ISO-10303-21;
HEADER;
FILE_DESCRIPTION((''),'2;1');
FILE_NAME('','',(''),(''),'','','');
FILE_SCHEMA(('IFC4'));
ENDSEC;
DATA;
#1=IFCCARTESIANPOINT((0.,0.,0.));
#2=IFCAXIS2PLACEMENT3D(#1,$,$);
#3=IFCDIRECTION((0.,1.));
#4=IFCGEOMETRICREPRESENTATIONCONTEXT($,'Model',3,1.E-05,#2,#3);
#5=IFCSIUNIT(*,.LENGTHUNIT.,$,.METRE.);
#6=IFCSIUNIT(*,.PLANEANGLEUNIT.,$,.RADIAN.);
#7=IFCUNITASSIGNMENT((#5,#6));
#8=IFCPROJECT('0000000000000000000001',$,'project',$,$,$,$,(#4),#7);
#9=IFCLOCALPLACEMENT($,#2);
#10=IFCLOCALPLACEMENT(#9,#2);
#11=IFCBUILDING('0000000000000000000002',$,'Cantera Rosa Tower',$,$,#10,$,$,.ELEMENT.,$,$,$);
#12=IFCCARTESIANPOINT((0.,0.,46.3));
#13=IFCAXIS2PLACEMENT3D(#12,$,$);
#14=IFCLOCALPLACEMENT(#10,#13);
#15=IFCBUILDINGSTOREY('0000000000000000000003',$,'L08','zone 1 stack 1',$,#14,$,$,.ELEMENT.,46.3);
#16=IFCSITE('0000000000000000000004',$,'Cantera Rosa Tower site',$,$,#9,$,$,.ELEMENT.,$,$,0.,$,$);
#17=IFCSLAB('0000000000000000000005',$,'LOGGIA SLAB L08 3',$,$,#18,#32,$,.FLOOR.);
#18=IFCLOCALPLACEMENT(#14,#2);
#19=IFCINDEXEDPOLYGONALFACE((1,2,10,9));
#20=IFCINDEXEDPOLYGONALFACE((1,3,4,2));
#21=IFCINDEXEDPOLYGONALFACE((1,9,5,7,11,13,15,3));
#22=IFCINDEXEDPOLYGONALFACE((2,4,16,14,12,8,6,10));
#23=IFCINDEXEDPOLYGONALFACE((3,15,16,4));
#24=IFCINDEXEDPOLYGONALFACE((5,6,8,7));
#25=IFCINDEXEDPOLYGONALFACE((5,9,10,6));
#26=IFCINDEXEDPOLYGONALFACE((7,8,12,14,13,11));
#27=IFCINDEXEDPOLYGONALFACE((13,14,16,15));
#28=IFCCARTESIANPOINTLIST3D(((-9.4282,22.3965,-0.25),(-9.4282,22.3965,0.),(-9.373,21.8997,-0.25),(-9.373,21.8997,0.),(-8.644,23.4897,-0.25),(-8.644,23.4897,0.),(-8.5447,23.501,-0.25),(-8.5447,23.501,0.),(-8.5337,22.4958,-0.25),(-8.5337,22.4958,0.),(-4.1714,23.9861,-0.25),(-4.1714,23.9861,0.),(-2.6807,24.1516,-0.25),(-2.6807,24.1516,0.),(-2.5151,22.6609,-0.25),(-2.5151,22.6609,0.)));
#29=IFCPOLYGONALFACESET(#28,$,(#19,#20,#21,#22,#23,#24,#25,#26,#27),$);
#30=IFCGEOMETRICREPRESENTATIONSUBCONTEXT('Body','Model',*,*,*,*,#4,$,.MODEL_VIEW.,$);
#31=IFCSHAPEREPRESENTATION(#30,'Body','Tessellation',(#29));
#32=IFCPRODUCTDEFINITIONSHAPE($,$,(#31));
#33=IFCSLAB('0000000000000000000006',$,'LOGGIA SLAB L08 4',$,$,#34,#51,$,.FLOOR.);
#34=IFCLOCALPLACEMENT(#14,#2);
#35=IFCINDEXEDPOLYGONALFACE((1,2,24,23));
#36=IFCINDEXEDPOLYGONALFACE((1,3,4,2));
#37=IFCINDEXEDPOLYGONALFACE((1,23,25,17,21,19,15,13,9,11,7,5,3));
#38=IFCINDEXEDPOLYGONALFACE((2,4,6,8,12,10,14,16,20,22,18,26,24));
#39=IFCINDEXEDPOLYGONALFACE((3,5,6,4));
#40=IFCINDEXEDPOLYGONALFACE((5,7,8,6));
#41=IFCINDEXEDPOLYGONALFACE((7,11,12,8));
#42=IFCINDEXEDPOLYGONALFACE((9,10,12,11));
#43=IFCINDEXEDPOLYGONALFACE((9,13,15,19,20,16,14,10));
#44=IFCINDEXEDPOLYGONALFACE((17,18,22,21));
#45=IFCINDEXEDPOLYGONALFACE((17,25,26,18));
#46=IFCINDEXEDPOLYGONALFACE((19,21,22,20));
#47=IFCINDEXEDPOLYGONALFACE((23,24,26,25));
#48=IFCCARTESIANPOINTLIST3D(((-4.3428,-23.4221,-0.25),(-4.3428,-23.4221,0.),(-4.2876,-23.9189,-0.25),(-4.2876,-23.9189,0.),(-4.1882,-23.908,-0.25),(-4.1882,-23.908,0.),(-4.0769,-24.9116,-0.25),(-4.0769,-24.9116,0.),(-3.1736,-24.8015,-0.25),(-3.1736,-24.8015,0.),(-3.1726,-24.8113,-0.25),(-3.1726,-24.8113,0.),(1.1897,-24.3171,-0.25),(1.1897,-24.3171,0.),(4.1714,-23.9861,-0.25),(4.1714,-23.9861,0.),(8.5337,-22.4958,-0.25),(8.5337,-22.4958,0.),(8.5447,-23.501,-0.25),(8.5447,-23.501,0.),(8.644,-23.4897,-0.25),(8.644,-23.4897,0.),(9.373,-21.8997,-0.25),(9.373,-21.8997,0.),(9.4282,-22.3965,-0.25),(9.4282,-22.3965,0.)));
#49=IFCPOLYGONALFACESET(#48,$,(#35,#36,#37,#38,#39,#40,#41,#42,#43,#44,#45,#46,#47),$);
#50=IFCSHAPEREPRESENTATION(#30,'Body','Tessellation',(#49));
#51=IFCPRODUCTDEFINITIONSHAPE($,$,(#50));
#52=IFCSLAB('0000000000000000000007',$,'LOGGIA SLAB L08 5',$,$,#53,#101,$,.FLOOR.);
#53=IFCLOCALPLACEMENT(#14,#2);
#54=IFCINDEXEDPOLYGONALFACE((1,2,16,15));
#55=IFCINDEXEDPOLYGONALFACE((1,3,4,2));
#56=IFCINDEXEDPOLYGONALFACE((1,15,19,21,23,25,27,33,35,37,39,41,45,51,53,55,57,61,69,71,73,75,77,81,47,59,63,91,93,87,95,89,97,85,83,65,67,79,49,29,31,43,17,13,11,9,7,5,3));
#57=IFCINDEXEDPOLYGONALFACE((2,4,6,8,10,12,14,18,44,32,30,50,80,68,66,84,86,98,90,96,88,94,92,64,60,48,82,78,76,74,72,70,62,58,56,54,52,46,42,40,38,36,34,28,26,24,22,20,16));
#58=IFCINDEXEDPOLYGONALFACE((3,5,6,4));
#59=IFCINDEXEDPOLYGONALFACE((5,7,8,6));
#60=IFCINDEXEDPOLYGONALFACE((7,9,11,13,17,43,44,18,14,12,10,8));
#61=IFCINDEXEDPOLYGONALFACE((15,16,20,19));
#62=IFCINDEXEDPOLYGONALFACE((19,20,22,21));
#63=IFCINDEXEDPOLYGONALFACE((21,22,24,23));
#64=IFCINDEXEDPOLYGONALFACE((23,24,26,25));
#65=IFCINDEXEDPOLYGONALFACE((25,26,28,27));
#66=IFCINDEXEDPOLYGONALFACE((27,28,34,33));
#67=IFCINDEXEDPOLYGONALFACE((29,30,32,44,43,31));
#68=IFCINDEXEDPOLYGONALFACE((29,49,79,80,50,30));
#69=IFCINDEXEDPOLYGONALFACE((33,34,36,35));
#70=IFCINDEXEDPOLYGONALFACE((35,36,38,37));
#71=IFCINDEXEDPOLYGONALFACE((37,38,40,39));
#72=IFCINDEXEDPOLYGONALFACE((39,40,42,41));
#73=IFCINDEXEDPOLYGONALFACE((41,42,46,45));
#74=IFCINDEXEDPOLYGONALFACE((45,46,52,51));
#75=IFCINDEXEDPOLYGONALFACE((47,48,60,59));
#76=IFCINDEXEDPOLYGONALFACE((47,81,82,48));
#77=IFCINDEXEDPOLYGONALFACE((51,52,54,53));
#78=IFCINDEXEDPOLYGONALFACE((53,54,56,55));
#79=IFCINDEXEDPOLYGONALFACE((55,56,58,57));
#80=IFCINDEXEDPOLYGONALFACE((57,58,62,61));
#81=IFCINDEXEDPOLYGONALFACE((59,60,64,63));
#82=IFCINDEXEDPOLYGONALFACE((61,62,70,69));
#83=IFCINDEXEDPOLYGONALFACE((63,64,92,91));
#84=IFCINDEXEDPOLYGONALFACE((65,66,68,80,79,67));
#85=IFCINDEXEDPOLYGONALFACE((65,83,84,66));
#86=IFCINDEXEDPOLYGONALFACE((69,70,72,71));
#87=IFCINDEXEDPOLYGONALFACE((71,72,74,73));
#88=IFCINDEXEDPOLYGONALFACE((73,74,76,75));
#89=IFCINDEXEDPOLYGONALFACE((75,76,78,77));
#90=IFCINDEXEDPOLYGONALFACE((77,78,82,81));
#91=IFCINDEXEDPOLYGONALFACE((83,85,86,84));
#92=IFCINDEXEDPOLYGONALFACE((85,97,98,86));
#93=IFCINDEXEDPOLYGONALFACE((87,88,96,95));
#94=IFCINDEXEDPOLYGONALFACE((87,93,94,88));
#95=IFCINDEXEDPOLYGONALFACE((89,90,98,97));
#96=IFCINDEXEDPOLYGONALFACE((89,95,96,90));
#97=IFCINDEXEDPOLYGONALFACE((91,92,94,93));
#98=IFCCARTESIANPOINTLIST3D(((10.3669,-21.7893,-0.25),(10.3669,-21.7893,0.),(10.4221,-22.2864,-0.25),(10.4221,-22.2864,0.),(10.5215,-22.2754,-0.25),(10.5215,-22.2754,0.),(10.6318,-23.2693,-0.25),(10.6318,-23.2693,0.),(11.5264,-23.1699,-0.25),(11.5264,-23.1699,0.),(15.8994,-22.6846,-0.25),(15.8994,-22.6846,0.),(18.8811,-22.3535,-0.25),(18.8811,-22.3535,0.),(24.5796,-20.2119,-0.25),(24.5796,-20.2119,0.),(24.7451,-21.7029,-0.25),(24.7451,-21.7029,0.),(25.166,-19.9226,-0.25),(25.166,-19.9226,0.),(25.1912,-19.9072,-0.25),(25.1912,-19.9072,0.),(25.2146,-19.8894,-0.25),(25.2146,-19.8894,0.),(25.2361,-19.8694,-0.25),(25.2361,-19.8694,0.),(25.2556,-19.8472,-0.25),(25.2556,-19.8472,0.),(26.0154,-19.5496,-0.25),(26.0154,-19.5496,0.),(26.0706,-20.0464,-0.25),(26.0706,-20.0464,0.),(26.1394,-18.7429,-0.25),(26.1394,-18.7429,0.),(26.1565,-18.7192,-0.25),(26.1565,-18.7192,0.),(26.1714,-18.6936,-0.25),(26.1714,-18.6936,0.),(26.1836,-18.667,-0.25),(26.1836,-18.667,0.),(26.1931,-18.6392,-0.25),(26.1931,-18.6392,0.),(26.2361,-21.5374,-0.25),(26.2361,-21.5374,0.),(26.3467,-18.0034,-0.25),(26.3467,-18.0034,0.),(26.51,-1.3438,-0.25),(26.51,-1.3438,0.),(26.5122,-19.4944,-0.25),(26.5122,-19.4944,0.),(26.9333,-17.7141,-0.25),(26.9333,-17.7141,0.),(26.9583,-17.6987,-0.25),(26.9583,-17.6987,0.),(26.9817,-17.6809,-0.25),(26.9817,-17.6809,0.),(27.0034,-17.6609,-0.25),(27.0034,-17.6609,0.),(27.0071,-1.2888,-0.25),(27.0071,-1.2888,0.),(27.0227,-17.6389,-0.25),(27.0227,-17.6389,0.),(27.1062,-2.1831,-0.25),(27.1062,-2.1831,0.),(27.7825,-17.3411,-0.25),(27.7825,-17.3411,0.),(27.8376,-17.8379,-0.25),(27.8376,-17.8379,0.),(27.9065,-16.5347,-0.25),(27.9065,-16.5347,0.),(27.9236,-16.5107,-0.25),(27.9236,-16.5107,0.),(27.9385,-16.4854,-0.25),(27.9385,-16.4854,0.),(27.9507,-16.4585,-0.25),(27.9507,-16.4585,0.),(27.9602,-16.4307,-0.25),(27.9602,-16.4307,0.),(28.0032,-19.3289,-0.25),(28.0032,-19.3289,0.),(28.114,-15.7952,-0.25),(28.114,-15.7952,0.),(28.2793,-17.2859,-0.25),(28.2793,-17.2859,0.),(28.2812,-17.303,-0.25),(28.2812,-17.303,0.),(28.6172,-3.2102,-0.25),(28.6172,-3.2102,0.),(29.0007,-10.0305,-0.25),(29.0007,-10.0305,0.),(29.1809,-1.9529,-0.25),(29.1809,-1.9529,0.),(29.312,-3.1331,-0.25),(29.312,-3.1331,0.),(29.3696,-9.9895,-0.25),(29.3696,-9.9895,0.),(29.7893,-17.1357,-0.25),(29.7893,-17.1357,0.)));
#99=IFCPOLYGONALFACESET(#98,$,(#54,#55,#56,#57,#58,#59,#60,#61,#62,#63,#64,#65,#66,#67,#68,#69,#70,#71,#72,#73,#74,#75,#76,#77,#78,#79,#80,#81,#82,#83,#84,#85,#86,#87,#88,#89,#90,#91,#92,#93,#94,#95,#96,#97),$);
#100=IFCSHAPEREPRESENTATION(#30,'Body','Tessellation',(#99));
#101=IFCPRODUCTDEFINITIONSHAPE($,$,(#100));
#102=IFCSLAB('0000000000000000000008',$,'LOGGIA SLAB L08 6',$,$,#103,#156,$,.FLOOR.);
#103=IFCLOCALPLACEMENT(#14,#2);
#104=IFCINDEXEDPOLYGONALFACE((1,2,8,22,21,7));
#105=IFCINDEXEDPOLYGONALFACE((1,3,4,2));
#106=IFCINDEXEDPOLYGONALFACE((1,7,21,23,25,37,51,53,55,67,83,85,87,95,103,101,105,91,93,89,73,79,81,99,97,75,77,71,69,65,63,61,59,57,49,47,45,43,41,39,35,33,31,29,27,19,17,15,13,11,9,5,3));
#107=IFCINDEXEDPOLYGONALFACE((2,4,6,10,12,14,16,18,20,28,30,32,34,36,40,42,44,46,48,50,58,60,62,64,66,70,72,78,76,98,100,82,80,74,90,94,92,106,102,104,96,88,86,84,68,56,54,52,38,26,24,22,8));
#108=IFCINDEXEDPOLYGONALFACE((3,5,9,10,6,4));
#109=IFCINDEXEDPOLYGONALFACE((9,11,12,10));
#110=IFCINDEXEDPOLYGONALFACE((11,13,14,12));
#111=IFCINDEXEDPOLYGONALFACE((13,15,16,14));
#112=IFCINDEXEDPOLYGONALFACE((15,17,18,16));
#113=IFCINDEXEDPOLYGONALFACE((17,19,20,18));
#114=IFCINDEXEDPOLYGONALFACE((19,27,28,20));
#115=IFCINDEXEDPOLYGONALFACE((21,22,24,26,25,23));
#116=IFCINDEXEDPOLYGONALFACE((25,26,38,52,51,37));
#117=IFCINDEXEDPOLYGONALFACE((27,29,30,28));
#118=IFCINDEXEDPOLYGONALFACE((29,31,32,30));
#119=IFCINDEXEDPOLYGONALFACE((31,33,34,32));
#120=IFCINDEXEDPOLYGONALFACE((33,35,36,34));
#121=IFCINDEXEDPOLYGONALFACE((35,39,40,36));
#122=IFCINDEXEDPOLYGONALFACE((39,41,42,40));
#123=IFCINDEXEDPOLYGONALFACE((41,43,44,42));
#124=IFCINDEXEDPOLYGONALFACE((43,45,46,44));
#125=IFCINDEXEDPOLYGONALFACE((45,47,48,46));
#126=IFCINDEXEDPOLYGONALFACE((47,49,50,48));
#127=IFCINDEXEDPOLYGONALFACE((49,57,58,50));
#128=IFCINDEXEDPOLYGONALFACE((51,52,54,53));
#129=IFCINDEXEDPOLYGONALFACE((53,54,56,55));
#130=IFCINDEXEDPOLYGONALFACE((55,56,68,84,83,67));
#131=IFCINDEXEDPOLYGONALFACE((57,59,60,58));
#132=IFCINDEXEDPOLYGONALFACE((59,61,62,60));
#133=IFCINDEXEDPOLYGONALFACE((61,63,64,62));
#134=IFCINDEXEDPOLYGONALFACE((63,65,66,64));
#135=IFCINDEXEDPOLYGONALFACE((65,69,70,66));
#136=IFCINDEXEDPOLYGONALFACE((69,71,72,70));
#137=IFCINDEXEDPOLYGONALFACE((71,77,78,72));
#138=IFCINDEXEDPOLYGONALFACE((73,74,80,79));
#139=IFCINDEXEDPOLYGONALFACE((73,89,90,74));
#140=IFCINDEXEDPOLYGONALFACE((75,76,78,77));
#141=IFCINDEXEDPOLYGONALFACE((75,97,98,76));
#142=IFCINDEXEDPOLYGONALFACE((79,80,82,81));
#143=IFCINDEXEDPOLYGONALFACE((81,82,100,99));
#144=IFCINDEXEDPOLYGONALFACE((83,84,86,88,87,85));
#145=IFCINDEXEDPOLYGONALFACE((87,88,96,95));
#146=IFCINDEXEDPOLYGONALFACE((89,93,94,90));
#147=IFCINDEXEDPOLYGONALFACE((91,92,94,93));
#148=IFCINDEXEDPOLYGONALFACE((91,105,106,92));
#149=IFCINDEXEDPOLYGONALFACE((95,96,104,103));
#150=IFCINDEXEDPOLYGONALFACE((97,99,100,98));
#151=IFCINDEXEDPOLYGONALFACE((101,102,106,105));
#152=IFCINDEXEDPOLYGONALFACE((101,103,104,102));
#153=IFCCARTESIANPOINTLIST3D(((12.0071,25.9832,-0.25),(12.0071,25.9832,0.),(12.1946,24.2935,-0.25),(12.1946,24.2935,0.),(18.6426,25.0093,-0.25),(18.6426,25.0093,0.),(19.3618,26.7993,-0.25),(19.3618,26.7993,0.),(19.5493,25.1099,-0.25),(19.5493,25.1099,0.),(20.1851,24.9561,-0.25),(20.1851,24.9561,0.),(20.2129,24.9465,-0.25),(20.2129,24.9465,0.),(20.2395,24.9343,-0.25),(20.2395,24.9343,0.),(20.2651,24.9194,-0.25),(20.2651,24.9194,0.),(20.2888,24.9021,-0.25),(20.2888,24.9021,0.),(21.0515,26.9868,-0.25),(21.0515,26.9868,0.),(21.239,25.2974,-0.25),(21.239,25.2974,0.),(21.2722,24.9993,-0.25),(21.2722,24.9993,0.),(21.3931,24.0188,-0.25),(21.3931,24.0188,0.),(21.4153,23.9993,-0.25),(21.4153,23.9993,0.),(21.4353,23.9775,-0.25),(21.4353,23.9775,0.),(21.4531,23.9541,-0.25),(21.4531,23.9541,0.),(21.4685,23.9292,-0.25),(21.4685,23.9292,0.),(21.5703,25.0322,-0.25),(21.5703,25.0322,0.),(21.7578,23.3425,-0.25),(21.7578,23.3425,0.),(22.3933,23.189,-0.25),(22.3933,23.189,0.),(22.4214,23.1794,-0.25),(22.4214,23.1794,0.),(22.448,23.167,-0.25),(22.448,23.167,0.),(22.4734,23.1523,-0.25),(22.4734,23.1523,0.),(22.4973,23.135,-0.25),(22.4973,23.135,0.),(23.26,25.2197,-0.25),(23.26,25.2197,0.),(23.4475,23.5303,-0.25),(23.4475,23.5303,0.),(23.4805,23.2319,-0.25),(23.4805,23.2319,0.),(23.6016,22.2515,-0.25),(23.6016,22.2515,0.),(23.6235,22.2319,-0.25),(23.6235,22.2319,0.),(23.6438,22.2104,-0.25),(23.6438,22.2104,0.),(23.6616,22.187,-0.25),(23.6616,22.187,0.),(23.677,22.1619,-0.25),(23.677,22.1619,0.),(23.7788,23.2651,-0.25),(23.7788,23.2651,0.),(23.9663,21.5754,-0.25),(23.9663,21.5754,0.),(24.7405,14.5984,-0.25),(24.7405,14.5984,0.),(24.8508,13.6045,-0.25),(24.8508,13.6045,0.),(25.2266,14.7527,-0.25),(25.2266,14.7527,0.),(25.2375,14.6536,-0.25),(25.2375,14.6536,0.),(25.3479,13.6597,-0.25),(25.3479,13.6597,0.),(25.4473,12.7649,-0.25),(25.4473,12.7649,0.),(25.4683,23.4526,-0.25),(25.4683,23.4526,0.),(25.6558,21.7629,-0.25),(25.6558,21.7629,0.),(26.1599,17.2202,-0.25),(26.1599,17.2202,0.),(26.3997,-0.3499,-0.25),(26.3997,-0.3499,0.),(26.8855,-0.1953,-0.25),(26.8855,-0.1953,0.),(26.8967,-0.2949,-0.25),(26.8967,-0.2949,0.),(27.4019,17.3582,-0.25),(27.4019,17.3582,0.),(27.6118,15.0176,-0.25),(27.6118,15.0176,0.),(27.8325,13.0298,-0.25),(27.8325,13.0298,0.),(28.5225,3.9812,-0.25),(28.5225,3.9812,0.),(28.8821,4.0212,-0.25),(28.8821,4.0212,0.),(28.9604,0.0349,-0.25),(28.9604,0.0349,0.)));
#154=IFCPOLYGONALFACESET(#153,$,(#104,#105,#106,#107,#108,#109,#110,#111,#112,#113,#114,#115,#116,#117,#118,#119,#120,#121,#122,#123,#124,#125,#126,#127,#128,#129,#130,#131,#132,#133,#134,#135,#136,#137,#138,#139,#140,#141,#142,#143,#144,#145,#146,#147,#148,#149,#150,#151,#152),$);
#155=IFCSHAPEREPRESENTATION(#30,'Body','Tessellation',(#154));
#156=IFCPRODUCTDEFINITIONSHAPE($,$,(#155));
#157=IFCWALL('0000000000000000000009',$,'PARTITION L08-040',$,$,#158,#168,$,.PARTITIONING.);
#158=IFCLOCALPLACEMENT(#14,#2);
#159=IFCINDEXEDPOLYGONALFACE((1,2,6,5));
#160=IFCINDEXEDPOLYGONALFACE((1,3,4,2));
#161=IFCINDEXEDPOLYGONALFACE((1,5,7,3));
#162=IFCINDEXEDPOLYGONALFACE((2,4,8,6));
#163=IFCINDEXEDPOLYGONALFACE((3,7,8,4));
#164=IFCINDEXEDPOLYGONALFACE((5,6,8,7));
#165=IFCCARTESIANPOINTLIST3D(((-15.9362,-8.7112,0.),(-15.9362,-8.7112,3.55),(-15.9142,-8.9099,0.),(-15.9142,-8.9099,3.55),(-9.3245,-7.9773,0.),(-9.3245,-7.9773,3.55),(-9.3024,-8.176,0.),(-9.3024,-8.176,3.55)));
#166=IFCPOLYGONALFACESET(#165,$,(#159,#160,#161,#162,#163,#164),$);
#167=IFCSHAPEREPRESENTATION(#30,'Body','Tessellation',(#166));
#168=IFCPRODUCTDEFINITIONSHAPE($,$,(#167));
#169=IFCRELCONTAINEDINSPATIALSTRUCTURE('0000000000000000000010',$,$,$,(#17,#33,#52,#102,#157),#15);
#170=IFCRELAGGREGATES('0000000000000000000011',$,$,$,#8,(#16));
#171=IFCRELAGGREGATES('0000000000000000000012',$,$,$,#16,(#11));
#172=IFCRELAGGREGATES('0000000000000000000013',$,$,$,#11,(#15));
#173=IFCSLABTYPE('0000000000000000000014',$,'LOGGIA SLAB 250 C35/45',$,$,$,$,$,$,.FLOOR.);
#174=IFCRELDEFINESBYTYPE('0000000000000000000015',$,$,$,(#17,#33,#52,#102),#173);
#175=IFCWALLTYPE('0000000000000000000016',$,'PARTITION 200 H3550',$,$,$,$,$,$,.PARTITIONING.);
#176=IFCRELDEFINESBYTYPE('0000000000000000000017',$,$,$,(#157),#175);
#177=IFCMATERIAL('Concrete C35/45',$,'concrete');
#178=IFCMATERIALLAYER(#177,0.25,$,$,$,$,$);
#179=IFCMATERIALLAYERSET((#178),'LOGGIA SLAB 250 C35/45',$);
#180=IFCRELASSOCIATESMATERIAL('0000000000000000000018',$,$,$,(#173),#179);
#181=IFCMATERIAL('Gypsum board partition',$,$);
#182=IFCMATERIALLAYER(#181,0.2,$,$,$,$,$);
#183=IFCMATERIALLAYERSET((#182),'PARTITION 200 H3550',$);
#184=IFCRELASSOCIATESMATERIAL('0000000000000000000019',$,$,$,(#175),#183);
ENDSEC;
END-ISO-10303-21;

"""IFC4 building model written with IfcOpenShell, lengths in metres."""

from ifc_helpers import new_model, si_unit, direction, frame, frame_2d, origin, place, context, subcontext, project, spatial, polyline, rectangle, outline, extrude, material, layer, layer_set, type_object, element, save


model = new_model("IFC4")

# Units and contexts
model_context = context("Model", 3, precision=1e-05, world=origin(), true_north=direction((0.0, 1.0)))
body_context = subcontext(model_context, "Body", "Model", "MODEL_VIEW")
ifc_project = project(units=[si_unit("LENGTHUNIT", "METRE"), si_unit("PLANEANGLEUNIT", "RADIAN")], contexts=[model_context])

# Site, building, storey
site_placement = place(None, origin())
site = spatial("IfcSite", under=ifc_project, at=site_placement, Name="Cantera Rosa Tower site", CompositionType="ELEMENT", RefElevation=0.0)
building_placement = place(site_placement, origin())
building = spatial("IfcBuilding", under=site, at=building_placement, Name="Cantera Rosa Tower", CompositionType="ELEMENT")
storey_placement = place(building_placement, frame((0.0, 0.0, 46.3)))
storey = spatial("IfcBuildingStorey", under=building, at=storey_placement, Name="L08", Description="zone 1 stack 1", CompositionType="ELEMENT", Elevation=46.3)

# Slabs
ifc_material_1 = material(Name="Concrete C35/45", Category="concrete")
ifc_layer_1 = layer(ifc_material_1, 0.25)
ifc_layer_set_1 = layer_set([ifc_layer_1], Name="LOGGIA SLAB 250 C35/45")
slab_type_1 = type_object("IfcSlabType", Name="LOGGIA SLAB 250 C35/45", PredefinedType="FLOOR", material=ifc_layer_set_1)
slab_1_placement = place(storey_placement, frame((0.0, 0.0, -0.25)))
element("IfcSlab", 1, at=slab_1_placement, inside=storey, type_object=slab_type_1, Name="LOGGIA SLAB L08 3", PredefinedType="FLOOR", context=body_context, shape_type="SweptSolid", body=[
    extrude(outline(polyline([(-2.6807, 24.1516), (-2.5151, 22.6609), (-9.373, 21.8997), (-9.4282, 22.3965), (-8.5337, 22.4958), (-8.644, 23.4897), (-8.5447, 23.501), (-4.1714, 23.9861), (-2.6807, 24.1516)])), origin(), (0.0, 0.0, 1.0), 0.25),
])
slab_2_placement = place(storey_placement, frame((0.0, 0.0, -0.25)))
element("IfcSlab", 2, at=slab_2_placement, inside=storey, type_object=slab_type_1, Name="LOGGIA SLAB L08 4", PredefinedType="FLOOR", context=body_context, shape_type="SweptSolid", body=[
    extrude(outline(polyline([(-4.1882, -23.908), (-4.2876, -23.9189), (-4.3428, -23.4221), (9.373, -21.8997), (9.4282, -22.3965), (8.5337, -22.4958), (8.644, -23.4897), (8.5447, -23.501), (4.1714, -23.9861), (1.1897, -24.3171), (-3.1736, -24.8015), (-3.1726, -24.8113), (-4.0769, -24.9116), (-4.1882, -23.908)])), origin(), (0.0, 0.0, 1.0), 0.25),
])
slab_3_placement = place(storey_placement, frame((0.0, 0.0, -0.25)))
element("IfcSlab", 3, at=slab_3_placement, inside=storey, type_object=slab_type_1, Name="LOGGIA SLAB L08 5", PredefinedType="FLOOR", context=body_context, shape_type="SweptSolid", body=[
    extrude(outline(polyline([(29.3696, -9.9895), (29.0007, -10.0305), (29.7893, -17.1357), (28.2812, -17.303), (28.2793, -17.2859), (27.7825, -17.3411), (27.8376, -17.8379), (28.0032, -19.3289), (26.5122, -19.4944), (26.0154, -19.5496), (26.0706, -20.0464), (26.2361, -21.5374), (24.7451, -21.7029), (18.8811, -22.3535), (15.8994, -22.6846), (11.5264, -23.1699), (10.6318, -23.2693), (10.5215, -22.2754), (10.4221, -22.2864), (10.3669, -21.7893), (24.5796, -20.2119), (25.166, -19.9226), (25.1912, -19.9072), (25.2146, -19.8894), (25.2361, -19.8694), (25.2556, -19.8472), (26.1394, -18.7429), (26.1565, -18.7192), (26.1714, -18.6936), (26.1836, -18.667), (26.1931, -18.6392), (26.3467, -18.0034), (26.9333, -17.7141), (26.9583, -17.6987), (26.9817, -17.6809), (27.0034, -17.6609), (27.0227, -17.6389), (27.9065, -16.5347), (27.9236, -16.5107), (27.9385, -16.4854), (27.9507, -16.4585), (27.9602, -16.4307), (28.114, -15.7952), (26.51, -1.3438), (27.0071, -1.2888), (27.1062, -2.1831), (29.1809, -1.9529), (29.312, -3.1331), (28.6172, -3.2102), (29.3696, -9.9895)])), origin(), (0.0, 0.0, 1.0), 0.25),
])
slab_4_placement = place(storey_placement, frame((0.0, 0.0, -0.25)))
element("IfcSlab", 4, at=slab_4_placement, inside=storey, type_object=slab_type_1, Name="LOGGIA SLAB L08 6", PredefinedType="FLOOR", context=body_context, shape_type="SweptSolid", body=[
    extrude(outline(polyline([(21.0515, 26.9868), (21.239, 25.2974), (21.2722, 24.9993), (21.5703, 25.0322), (23.26, 25.2197), (23.4475, 23.5303), (23.4805, 23.2319), (23.7788, 23.2651), (25.4683, 23.4526), (25.6558, 21.7629), (26.1599, 17.2202), (27.4019, 17.3582), (28.8821, 4.0212), (28.5225, 3.9812), (28.9604, 0.0349), (26.8855, -0.1953), (26.8967, -0.2949), (26.3997, -0.3499), (24.8508, 13.6045), (25.3479, 13.6597), (25.4473, 12.7649), (27.8325, 13.0298), (27.6118, 15.0176), (25.2266, 14.7527), (25.2375, 14.6536), (24.7405, 14.5984), (23.9663, 21.5754), (23.677, 22.1619), (23.6616, 22.187), (23.6438, 22.2104), (23.6235, 22.2319), (23.6016, 22.2515), (22.4973, 23.135), (22.4734, 23.1523), (22.448, 23.167), (22.4214, 23.1794), (22.3933, 23.189), (21.7578, 23.3425), (21.4685, 23.9292), (21.4531, 23.9541), (21.4353, 23.9775), (21.4153, 23.9993), (21.3931, 24.0188), (20.2888, 24.9021), (20.2651, 24.9194), (20.2395, 24.9343), (20.2129, 24.9465), (20.1851, 24.9561), (19.5493, 25.1099), (18.6426, 25.0093), (12.1946, 24.2935), (12.0071, 25.9832), (19.3618, 26.7993), (21.0515, 26.9868)])), origin(), (0.0, 0.0, 1.0), 0.25),
])

# Wall
ifc_material_2 = material(Name="Gypsum board partition")
ifc_layer_2 = layer(ifc_material_2, 0.2)
ifc_layer_set_2 = layer_set([ifc_layer_2], Name="PARTITION 200 H3550")
wall_type_1 = type_object("IfcWallType", Name="PARTITION 200 H3550", PredefinedType="PARTITIONING", material=ifc_layer_set_2)
wall_1_placement = place(storey_placement, frame((-9.3135, -8.0767, 0.0), z_axis=(0.0, 0.0, 1.0), x_axis=(-0.993896, -0.110319, 0.0)))
element("IfcWall", 5, at=wall_1_placement, inside=storey, type_object=wall_type_1, Name="PARTITION L08-040", PredefinedType="PARTITIONING", context=body_context, shape_type="SweptSolid", body=[
    extrude(rectangle(XDim=6.6523, YDim=0.2, at=frame_2d((3.3262, 0.0))), origin(), (0.0, 0.0, 1.0), 3.55),
])

save(model, "model.ifc")
